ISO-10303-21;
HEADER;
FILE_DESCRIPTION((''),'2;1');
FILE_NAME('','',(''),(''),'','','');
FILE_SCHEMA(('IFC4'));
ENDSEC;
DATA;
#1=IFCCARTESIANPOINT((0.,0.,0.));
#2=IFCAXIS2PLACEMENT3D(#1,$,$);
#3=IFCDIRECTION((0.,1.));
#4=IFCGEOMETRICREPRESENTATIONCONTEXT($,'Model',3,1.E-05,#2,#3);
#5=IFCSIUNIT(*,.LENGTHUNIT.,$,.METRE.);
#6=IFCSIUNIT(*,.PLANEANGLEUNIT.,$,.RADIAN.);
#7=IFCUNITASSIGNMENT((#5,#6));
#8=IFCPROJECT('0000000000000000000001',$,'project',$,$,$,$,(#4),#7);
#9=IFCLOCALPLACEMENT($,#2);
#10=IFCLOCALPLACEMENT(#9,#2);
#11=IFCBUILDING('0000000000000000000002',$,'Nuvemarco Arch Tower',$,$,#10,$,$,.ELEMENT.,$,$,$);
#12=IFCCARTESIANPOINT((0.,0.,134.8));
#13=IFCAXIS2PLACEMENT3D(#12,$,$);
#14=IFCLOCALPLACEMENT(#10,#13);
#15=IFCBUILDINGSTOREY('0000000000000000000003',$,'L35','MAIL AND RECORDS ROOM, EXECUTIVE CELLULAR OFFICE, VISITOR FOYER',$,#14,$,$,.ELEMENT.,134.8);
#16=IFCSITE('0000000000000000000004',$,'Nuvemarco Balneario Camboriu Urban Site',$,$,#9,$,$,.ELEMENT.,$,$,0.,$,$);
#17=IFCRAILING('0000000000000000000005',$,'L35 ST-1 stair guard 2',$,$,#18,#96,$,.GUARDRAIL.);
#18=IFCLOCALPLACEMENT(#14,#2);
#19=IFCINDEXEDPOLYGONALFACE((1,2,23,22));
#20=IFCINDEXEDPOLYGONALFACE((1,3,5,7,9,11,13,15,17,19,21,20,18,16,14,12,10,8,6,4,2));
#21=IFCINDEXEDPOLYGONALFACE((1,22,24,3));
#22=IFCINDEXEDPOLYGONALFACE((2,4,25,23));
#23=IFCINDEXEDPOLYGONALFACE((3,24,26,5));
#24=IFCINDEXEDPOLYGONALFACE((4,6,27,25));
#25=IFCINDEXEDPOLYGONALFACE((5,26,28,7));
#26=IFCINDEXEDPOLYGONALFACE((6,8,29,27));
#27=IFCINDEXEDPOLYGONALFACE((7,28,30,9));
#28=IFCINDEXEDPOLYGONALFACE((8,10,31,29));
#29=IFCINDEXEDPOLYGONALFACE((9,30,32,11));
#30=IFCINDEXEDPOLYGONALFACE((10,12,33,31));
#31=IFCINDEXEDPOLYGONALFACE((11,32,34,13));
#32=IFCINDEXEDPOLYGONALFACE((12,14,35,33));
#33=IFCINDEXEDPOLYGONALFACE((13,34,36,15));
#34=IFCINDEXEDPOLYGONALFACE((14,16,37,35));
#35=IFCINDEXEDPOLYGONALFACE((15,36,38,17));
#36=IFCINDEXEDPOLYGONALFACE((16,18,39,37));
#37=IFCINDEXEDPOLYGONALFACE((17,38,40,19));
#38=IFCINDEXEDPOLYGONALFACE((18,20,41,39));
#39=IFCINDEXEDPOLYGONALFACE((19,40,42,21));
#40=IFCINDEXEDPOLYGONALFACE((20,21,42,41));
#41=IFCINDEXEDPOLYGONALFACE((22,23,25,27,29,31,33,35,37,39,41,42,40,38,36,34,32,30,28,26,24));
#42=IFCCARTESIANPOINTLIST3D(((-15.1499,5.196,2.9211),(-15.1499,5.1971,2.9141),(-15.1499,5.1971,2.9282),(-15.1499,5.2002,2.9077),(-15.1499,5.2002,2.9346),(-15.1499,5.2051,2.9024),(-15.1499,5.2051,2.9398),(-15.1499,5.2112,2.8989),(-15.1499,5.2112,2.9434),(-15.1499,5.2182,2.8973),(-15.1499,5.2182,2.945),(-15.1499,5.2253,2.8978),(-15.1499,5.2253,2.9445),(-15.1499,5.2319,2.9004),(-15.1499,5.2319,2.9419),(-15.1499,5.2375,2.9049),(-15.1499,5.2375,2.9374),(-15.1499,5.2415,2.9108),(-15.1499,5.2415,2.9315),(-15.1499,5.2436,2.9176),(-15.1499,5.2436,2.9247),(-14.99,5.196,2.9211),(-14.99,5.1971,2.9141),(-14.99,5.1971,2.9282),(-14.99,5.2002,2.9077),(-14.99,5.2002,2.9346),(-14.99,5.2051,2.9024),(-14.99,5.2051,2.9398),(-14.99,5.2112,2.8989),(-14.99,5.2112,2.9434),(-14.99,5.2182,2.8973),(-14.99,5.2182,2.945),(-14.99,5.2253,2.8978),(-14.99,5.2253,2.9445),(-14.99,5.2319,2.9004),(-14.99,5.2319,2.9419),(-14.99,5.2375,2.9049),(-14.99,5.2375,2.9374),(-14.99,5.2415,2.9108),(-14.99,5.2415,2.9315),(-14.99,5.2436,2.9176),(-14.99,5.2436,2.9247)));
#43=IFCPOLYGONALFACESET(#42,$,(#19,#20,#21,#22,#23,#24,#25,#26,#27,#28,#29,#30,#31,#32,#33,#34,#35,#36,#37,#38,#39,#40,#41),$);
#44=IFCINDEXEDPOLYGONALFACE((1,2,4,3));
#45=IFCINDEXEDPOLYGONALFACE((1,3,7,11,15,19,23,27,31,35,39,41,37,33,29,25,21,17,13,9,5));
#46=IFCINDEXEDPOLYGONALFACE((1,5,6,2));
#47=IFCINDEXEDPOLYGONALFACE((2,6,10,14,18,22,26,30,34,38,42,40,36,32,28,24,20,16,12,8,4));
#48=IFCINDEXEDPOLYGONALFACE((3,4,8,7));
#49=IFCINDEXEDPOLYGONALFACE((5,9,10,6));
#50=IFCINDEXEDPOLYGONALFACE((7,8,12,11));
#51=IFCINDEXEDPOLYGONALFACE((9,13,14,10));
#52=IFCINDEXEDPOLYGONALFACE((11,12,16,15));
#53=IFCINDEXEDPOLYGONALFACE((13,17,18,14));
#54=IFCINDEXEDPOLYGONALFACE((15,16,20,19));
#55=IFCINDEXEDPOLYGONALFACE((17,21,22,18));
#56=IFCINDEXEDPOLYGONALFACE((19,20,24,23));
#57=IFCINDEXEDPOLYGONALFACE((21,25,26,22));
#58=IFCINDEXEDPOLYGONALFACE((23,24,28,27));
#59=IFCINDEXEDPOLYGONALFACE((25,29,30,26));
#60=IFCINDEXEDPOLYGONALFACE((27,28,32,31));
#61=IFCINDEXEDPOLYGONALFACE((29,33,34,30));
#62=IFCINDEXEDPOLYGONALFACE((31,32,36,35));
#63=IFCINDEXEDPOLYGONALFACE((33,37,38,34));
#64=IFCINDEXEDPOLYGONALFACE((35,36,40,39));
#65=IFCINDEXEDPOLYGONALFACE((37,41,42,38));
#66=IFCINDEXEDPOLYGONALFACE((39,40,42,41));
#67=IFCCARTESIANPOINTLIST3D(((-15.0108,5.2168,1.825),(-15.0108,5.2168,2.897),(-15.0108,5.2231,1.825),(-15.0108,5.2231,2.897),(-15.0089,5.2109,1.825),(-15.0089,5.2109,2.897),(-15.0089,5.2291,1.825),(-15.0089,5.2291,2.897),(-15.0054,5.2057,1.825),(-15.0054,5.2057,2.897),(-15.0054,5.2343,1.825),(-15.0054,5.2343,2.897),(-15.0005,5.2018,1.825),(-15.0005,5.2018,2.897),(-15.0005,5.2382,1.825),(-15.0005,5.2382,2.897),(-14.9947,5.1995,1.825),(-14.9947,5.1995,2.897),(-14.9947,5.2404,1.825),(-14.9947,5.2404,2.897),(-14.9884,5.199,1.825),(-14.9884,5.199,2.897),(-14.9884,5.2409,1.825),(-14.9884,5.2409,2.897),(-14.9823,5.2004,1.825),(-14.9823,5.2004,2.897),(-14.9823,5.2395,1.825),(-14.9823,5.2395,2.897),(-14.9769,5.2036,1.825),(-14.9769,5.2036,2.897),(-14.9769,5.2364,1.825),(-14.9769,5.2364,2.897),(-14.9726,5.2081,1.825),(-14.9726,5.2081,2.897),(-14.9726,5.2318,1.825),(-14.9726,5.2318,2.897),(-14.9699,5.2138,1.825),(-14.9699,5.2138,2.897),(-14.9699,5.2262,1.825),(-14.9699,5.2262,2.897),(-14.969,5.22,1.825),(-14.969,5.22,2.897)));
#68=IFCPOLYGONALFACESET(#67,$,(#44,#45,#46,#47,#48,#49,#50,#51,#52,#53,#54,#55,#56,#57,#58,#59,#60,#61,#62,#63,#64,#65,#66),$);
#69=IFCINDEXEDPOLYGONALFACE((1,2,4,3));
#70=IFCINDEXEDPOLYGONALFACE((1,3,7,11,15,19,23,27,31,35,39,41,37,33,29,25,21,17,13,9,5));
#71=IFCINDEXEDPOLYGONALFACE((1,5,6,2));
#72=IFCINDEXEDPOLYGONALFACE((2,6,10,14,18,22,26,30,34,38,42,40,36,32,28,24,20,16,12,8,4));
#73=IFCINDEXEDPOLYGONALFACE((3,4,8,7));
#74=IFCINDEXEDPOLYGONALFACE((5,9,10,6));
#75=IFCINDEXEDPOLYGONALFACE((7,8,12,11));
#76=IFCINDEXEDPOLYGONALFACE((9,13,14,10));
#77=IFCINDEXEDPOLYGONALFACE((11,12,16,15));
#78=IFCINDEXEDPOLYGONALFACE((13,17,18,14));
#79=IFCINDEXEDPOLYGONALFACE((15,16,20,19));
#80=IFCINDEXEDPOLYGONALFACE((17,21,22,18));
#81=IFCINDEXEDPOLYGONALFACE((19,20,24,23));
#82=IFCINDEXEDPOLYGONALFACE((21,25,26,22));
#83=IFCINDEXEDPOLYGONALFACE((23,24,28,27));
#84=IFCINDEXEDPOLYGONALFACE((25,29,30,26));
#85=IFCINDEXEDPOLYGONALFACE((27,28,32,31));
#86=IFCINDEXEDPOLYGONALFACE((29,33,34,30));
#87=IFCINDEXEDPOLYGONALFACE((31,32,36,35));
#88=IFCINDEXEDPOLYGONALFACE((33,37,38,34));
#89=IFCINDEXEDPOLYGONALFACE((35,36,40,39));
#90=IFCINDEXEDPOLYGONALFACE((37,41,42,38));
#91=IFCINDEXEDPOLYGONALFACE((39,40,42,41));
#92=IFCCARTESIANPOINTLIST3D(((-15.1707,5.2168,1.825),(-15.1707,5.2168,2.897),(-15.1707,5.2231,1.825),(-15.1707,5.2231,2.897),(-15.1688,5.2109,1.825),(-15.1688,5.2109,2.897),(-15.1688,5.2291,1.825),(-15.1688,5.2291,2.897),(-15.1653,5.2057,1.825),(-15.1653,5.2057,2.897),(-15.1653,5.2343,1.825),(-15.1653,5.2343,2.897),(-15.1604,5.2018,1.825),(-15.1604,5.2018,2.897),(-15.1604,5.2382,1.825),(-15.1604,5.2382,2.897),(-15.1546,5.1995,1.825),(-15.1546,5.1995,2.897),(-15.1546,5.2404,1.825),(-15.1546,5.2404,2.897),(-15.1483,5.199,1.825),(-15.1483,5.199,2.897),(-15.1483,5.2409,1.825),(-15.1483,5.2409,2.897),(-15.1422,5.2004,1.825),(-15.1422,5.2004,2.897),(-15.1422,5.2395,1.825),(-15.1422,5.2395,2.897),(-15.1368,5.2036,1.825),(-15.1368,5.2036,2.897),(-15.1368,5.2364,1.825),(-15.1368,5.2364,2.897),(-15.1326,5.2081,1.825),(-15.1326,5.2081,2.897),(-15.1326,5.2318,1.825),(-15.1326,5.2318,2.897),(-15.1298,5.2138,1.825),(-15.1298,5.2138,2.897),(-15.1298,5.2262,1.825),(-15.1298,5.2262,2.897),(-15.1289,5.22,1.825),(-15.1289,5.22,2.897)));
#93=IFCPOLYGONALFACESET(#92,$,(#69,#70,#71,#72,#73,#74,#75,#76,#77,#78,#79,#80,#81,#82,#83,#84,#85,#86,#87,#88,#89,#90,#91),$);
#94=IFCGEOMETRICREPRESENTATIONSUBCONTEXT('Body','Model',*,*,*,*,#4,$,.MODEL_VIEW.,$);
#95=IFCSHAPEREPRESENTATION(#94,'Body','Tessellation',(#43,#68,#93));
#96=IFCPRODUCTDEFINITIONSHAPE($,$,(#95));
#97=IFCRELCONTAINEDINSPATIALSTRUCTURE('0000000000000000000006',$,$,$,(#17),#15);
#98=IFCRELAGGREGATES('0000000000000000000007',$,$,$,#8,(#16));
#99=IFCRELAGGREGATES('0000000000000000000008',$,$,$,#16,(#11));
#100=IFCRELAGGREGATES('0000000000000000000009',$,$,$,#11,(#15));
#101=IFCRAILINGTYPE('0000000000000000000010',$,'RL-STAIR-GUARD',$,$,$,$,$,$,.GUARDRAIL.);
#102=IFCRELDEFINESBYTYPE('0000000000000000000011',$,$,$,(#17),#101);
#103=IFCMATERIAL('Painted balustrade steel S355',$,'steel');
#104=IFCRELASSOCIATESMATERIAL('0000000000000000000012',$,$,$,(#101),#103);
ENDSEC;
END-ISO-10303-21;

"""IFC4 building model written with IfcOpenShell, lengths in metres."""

from ifc_helpers import new_model, si_unit, direction, frame, origin, origin_2d, place, context, subcontext, project, spatial, circle, extrude, material, type_object, element, save


model = new_model("IFC4")

# Units and contexts
model_context = context("Model", 3, precision=1e-05, world=origin(), true_north=direction((0.0, 1.0)))
body_context = subcontext(model_context, "Body", "Model", "MODEL_VIEW")
ifc_project = project(units=[si_unit("LENGTHUNIT", "METRE"), si_unit("PLANEANGLEUNIT", "RADIAN")], contexts=[model_context])

# Site, building, storey
site_placement = place(None, origin())
site = spatial("IfcSite", under=ifc_project, at=site_placement, Name="Nuvemarco Balneario Camboriu Urban Site", CompositionType="ELEMENT", RefElevation=0.0)
building_placement = place(site_placement, origin())
building = spatial("IfcBuilding", under=site, at=building_placement, Name="Nuvemarco Arch Tower", CompositionType="ELEMENT")
storey_placement = place(building_placement, frame((0.0, 0.0, 134.8)))
storey = spatial("IfcBuildingStorey", under=building, at=storey_placement, Name="L35", Description="MAIL AND RECORDS ROOM, EXECUTIVE CELLULAR OFFICE, VISITOR FOYER", CompositionType="ELEMENT", Elevation=134.8)

# Railing
ifc_material_1 = material(Name="Painted balustrade steel S355", Category="steel")
railing_type_1 = type_object("IfcRailingType", Name="RL-STAIR-GUARD", PredefinedType="GUARDRAIL", material=ifc_material_1)
railing_1_placement = place(storey_placement, frame((-14.99, 5.22, 1.825)))
element("IfcRailing", 1, at=railing_1_placement, inside=storey, type_object=railing_type_1, Name="L35 ST-1 stair guard 2", PredefinedType="GUARDRAIL", context=body_context, shape_type="SweptSolid", body=[
    extrude(circle(Radius=0.0239, at=origin_2d()), frame((0.0, 0.0, 1.0962), z_axis=(-1.0, 0.0, 0.0), x_axis=(0.0, -1.0, 0.0)), (0.0, 0.0, 1.0), 0.1599),
    extrude(circle(Radius=0.021, at=origin_2d()), origin(), (0.0, 0.0, 1.0), 1.072),
    extrude(circle(Radius=0.021, at=origin_2d()), frame((-0.1599, 0.0, 0.0)), (0.0, 0.0, 1.0), 1.072),
])

save(model, "model.ifc")
